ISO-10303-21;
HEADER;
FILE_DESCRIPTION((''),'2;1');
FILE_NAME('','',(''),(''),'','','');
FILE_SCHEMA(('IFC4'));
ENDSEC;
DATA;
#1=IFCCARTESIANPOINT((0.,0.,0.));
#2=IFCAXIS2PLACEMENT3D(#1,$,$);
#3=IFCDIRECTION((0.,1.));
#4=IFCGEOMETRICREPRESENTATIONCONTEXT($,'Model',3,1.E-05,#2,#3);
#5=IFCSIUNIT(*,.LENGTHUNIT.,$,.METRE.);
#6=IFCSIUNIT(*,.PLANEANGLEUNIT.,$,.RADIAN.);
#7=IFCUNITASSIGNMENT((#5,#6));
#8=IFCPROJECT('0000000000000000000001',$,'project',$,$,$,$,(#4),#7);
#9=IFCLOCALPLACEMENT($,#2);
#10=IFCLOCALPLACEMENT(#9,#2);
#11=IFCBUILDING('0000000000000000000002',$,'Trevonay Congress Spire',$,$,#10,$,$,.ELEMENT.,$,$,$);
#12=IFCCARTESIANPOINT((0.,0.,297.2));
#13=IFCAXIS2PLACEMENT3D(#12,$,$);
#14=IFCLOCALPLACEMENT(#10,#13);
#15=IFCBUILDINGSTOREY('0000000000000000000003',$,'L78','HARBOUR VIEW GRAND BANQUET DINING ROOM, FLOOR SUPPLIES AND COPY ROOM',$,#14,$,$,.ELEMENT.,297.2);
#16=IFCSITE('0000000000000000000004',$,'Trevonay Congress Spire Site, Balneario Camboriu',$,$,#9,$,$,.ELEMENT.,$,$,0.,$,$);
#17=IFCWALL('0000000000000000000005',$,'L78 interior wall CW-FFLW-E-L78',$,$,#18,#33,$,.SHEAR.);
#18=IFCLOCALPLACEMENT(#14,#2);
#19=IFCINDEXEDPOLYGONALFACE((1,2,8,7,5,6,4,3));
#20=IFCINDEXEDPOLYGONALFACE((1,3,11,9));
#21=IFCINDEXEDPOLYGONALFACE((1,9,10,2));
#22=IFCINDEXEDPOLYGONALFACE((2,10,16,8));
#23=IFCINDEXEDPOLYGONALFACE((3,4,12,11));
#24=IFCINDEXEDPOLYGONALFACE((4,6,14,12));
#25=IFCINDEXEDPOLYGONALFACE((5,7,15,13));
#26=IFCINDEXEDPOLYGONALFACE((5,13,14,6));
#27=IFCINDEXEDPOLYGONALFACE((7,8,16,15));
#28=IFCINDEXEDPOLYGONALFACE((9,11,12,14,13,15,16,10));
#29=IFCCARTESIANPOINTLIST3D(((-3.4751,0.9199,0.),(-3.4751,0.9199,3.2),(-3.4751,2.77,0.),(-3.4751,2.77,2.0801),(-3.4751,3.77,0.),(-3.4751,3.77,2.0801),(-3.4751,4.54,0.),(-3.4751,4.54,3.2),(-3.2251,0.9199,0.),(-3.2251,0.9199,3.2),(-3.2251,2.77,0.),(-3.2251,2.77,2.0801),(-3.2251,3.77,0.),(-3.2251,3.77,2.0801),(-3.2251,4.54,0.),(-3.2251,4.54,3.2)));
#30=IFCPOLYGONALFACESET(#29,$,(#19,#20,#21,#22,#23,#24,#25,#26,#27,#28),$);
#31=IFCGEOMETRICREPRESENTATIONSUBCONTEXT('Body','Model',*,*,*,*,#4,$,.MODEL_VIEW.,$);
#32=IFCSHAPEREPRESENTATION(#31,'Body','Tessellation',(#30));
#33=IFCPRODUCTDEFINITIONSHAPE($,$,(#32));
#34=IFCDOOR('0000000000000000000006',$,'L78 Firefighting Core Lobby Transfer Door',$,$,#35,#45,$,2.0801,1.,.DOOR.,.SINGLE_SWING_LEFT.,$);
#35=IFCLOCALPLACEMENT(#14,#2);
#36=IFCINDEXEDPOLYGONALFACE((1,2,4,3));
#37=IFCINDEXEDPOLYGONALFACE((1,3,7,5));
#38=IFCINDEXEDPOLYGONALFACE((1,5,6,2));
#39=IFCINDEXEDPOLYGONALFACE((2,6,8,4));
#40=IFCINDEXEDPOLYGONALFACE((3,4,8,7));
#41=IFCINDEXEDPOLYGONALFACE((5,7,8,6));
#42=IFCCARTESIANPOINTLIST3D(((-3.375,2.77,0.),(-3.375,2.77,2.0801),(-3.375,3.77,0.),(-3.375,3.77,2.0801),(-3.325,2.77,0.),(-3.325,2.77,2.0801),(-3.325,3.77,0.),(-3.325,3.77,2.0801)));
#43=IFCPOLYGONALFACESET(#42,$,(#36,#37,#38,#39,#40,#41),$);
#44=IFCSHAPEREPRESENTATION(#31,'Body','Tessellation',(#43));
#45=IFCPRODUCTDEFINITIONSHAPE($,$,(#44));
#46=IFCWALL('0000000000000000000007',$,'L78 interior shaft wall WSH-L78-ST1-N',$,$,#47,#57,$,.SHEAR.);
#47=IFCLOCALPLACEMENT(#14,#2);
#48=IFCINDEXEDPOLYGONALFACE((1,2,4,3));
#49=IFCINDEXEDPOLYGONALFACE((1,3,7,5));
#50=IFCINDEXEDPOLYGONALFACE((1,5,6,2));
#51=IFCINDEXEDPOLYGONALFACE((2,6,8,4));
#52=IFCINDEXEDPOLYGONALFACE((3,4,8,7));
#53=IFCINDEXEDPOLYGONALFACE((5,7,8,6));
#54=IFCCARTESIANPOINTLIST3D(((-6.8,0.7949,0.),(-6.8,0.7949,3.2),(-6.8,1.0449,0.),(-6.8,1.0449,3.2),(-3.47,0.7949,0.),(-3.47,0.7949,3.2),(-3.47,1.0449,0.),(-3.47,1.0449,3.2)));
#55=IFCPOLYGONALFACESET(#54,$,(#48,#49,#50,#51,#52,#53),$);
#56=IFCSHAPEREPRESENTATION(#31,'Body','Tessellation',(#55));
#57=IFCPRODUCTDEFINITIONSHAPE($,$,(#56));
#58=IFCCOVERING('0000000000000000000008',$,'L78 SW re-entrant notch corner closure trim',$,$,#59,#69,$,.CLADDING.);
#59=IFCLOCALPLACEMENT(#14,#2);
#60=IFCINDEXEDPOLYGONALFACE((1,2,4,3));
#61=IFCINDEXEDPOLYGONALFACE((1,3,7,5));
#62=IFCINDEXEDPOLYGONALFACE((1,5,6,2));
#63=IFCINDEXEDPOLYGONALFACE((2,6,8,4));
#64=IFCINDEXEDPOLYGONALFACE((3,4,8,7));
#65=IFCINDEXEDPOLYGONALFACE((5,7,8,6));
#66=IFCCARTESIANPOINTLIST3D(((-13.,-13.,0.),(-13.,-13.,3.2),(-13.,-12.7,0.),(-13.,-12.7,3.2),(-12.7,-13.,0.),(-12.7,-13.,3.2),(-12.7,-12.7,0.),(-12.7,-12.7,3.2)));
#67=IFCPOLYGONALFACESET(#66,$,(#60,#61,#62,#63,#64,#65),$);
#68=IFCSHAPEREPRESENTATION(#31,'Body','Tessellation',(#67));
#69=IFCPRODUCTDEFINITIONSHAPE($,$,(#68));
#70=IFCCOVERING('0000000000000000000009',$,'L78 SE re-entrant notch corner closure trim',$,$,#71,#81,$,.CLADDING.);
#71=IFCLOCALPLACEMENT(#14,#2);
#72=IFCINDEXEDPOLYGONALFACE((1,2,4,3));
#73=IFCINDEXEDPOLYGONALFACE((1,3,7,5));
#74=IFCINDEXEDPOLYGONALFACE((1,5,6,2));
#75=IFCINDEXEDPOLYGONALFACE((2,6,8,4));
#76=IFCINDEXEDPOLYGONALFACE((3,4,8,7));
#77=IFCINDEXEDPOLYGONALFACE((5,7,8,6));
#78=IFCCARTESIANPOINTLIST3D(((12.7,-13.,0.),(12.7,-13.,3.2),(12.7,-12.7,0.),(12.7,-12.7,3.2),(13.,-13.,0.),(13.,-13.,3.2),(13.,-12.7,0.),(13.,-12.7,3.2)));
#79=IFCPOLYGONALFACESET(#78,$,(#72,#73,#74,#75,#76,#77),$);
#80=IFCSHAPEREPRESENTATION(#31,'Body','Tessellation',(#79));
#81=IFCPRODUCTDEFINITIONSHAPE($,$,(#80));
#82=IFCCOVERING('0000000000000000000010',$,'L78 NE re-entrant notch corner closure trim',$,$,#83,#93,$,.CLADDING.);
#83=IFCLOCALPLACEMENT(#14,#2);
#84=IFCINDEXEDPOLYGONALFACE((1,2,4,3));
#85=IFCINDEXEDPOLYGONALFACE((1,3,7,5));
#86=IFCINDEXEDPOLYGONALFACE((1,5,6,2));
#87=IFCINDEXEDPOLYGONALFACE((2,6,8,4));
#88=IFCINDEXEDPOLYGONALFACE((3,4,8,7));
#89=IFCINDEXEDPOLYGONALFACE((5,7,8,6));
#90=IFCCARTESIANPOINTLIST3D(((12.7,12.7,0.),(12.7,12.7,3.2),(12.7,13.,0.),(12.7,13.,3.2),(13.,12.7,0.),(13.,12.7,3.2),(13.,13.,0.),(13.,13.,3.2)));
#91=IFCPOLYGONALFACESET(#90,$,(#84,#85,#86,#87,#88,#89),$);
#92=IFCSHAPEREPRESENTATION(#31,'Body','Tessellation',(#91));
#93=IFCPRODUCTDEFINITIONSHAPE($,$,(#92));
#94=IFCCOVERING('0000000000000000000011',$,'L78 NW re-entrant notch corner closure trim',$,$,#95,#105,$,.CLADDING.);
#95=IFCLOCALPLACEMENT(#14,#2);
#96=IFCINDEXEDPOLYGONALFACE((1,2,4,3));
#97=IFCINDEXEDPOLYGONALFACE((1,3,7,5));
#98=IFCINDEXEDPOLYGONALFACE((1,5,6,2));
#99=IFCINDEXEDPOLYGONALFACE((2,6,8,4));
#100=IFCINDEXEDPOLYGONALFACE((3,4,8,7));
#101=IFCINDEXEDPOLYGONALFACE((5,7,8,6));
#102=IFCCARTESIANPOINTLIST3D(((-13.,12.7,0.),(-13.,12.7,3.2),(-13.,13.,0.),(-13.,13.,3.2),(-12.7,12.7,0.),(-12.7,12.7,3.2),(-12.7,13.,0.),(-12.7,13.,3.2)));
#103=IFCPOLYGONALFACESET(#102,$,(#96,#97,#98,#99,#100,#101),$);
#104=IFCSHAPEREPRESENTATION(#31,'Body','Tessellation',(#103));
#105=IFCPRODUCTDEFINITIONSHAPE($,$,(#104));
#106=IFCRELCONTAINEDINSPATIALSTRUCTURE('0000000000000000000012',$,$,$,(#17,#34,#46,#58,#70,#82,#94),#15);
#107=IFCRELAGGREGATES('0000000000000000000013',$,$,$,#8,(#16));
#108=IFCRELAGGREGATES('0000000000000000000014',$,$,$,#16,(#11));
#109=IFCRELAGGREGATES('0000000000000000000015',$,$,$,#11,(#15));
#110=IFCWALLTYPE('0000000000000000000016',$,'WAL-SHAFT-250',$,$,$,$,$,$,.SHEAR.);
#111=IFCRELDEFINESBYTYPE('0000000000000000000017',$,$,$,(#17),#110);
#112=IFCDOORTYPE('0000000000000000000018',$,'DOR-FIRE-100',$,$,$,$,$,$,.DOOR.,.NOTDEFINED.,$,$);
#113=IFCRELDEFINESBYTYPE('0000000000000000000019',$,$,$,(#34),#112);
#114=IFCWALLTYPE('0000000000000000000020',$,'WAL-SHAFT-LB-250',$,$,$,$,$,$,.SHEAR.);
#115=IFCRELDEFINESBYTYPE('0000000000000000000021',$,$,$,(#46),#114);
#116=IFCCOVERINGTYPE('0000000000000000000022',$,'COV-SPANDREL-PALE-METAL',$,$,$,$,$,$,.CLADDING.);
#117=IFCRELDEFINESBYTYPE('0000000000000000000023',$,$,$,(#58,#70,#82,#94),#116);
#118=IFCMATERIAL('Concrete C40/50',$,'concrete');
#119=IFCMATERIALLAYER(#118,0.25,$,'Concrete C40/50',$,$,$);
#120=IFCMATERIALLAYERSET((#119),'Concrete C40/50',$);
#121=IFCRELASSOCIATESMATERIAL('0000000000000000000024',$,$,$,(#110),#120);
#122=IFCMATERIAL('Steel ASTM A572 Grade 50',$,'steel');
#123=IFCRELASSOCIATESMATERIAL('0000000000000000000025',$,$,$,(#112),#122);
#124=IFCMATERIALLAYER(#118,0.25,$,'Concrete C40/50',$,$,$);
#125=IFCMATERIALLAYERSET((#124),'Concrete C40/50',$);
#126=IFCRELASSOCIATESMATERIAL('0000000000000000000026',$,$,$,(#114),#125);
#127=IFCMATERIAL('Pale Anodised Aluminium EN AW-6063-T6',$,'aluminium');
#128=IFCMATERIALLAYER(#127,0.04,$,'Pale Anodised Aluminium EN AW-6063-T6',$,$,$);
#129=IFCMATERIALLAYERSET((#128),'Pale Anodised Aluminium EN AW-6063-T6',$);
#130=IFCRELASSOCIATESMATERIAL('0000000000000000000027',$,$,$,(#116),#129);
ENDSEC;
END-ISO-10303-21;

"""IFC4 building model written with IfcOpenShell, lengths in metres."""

from ifc_helpers import new_model, si_unit, direction, frame, frame_2d, origin, place, context, subcontext, project, spatial, polyline, rectangle, outline, extrude, material, layer, layer_set, type_object, element, fill, save


model = new_model("IFC4")

# Units and contexts
model_context = context("Model", 3, precision=1e-05, world=origin(), true_north=direction((0.0, 1.0)))
body_context = subcontext(model_context, "Body", "Model", "MODEL_VIEW")
ifc_project = project(units=[si_unit("LENGTHUNIT", "METRE"), si_unit("PLANEANGLEUNIT", "RADIAN")], contexts=[model_context])

# Site, building, storey
site_placement = place(None, origin())
site = spatial("IfcSite", under=ifc_project, at=site_placement, Name="Trevonay Congress Spire Site, Balneario Camboriu", CompositionType="ELEMENT", RefElevation=0.0)
building_placement = place(site_placement, origin())
building = spatial("IfcBuilding", under=site, at=building_placement, Name="Trevonay Congress Spire", CompositionType="ELEMENT")
storey_placement = place(building_placement, frame((0.0, 0.0, 297.2)))
storey = spatial("IfcBuildingStorey", under=building, at=storey_placement, Name="L78", Description="HARBOUR VIEW GRAND BANQUET DINING ROOM, FLOOR SUPPLIES AND COPY ROOM", CompositionType="ELEMENT", Elevation=297.2)

# Shared definitions
ifc_material_1 = material(Name="Steel ASTM A572 Grade 50", Category="steel")

# Shared definitions
ifc_material_2 = material(Name="Concrete C40/50", Category="concrete")

# Shared definitions
ifc_layer_1 = layer(ifc_material_2, 0.25, Name="Concrete C40/50")
ifc_layer_set_1 = layer_set([ifc_layer_1], Name="Concrete C40/50")
wall_type_1 = type_object("IfcWallType", Name="WAL-SHAFT-250", PredefinedType="SHEAR", material=ifc_layer_set_1)
ifc_material_3 = material(Name="Pale Anodised Aluminium EN AW-6063-T6", Category="aluminium")

# Wall, opening, door
wall_1_placement = place(storey_placement, frame((-3.3501, 0.9199, 0.0), z_axis=(0.0, 0.0, 1.0), x_axis=(0.0, 1.0, 0.0)))
wall_1 = element("IfcWall", 1, at=wall_1_placement, inside=storey, type_object=wall_type_1, Name="L78 interior wall CW-FFLW-E-L78", PredefinedType="SHEAR", context=body_context, shape_type="SweptSolid", body=[
    extrude(rectangle(XDim=3.6201, YDim=0.25, at=frame_2d((1.8101, 0.0))), origin(), (0.0, 0.0, 1.0), 3.2),
])
opening_1_placement = place(wall_1_placement, frame((1.8501, 0.0, 0.0)))
opening_1 = element("IfcOpeningElement", 2, at=opening_1_placement, cuts=wall_1, PredefinedType="OPENING", context=body_context, shape_type="SweptSolid", body=[
    extrude(rectangle(XDim=1.0, YDim=2.0801, at=frame_2d((0.5, 1.04))), frame((0.0, 0.135, 0.0), z_axis=(0.0, -1.0, 0.0), x_axis=(1.0, 0.0, 0.0)), (0.0, 0.0, 1.0), 0.27),
])
door_type_1 = type_object("IfcDoorType", Name="DOR-FIRE-100", OperationType="NOTDEFINED", PredefinedType="DOOR", material=ifc_material_1)
door_1_placement = place(opening_1_placement, origin())
door_1 = element("IfcDoor", 3, at=door_1_placement, inside=storey, type_object=door_type_1, Name="L78 Firefighting Core Lobby Transfer Door", OperationType="SINGLE_SWING_LEFT", OverallHeight=2.0801, OverallWidth=1.0, PredefinedType="DOOR", context=body_context, shape_type="SweptSolid", body=[
    extrude(rectangle(XDim=1.0, YDim=2.0801, at=frame_2d((0.5, 1.04))), frame((0.0, 0.0249, 0.0), z_axis=(0.0, -1.0, 0.0), x_axis=(1.0, 0.0, 0.0)), (0.0, 0.0, 1.0), 0.05),
])
fill(opening_1, door_1)

# Wall
ifc_layer_2 = layer(ifc_material_2, 0.25, Name="Concrete C40/50")
ifc_layer_set_2 = layer_set([ifc_layer_2], Name="Concrete C40/50")
wall_type_2 = type_object("IfcWallType", Name="WAL-SHAFT-LB-250", PredefinedType="SHEAR", material=ifc_layer_set_2)
wall_2_placement = place(storey_placement, frame((-6.8, 0.9199, 0.0), z_axis=(0.0, 0.0, 1.0), x_axis=(1.0, 0.0, 0.0)))
element("IfcWall", 4, at=wall_2_placement, inside=storey, type_object=wall_type_2, Name="L78 interior shaft wall WSH-L78-ST1-N", PredefinedType="SHEAR", context=body_context, shape_type="SweptSolid", body=[
    extrude(rectangle(XDim=3.3301, YDim=0.25, at=frame_2d((1.665, 0.0))), origin(), (0.0, 0.0, 1.0), 3.2),
])

# Coverings
ifc_layer_3 = layer(ifc_material_3, 0.04, Name="Pale Anodised Aluminium EN AW-6063-T6")
ifc_layer_set_3 = layer_set([ifc_layer_3], Name="Pale Anodised Aluminium EN AW-6063-T6")
covering_type = type_object("IfcCoveringType", Name="COV-SPANDREL-PALE-METAL", PredefinedType="CLADDING", material=ifc_layer_set_3)
covering_1_placement = place(storey_placement, origin())
element("IfcCovering", 5, at=covering_1_placement, inside=storey, type_object=covering_type, Name="L78 SW re-entrant notch corner closure trim", PredefinedType="CLADDING", context=body_context, shape_type="SweptSolid", body=[
    extrude(outline(polyline([(-13.0, -13.0), (-12.7, -13.0), (-12.7, -12.7), (-13.0, -12.7), (-13.0, -13.0)])), origin(), (0.0, 0.0, 1.0), 3.2),
])
covering_2_placement = place(storey_placement, origin())
element("IfcCovering", 6, at=covering_2_placement, inside=storey, type_object=covering_type, Name="L78 SE re-entrant notch corner closure trim", PredefinedType="CLADDING", context=body_context, shape_type="SweptSolid", body=[
    extrude(outline(polyline([(12.7, -13.0), (13.0, -13.0), (13.0, -12.7), (12.7, -12.7), (12.7, -13.0)])), origin(), (0.0, 0.0, 1.0), 3.2),
])
covering_3_placement = place(storey_placement, origin())
element("IfcCovering", 7, at=covering_3_placement, inside=storey, type_object=covering_type, Name="L78 NE re-entrant notch corner closure trim", PredefinedType="CLADDING", context=body_context, shape_type="SweptSolid", body=[
    extrude(outline(polyline([(12.7, 12.7), (13.0, 12.7), (13.0, 13.0), (12.7, 13.0), (12.7, 12.7)])), origin(), (0.0, 0.0, 1.0), 3.2),
])
covering_4_placement = place(storey_placement, origin())
element("IfcCovering", 8, at=covering_4_placement, inside=storey, type_object=covering_type, Name="L78 NW re-entrant notch corner closure trim", PredefinedType="CLADDING", context=body_context, shape_type="SweptSolid", body=[
    extrude(outline(polyline([(-13.0, 12.7), (-12.7, 12.7), (-12.7, 13.0), (-13.0, 13.0), (-13.0, 12.7)])), origin(), (0.0, 0.0, 1.0), 3.2),
])

save(model, "model.ifc")
